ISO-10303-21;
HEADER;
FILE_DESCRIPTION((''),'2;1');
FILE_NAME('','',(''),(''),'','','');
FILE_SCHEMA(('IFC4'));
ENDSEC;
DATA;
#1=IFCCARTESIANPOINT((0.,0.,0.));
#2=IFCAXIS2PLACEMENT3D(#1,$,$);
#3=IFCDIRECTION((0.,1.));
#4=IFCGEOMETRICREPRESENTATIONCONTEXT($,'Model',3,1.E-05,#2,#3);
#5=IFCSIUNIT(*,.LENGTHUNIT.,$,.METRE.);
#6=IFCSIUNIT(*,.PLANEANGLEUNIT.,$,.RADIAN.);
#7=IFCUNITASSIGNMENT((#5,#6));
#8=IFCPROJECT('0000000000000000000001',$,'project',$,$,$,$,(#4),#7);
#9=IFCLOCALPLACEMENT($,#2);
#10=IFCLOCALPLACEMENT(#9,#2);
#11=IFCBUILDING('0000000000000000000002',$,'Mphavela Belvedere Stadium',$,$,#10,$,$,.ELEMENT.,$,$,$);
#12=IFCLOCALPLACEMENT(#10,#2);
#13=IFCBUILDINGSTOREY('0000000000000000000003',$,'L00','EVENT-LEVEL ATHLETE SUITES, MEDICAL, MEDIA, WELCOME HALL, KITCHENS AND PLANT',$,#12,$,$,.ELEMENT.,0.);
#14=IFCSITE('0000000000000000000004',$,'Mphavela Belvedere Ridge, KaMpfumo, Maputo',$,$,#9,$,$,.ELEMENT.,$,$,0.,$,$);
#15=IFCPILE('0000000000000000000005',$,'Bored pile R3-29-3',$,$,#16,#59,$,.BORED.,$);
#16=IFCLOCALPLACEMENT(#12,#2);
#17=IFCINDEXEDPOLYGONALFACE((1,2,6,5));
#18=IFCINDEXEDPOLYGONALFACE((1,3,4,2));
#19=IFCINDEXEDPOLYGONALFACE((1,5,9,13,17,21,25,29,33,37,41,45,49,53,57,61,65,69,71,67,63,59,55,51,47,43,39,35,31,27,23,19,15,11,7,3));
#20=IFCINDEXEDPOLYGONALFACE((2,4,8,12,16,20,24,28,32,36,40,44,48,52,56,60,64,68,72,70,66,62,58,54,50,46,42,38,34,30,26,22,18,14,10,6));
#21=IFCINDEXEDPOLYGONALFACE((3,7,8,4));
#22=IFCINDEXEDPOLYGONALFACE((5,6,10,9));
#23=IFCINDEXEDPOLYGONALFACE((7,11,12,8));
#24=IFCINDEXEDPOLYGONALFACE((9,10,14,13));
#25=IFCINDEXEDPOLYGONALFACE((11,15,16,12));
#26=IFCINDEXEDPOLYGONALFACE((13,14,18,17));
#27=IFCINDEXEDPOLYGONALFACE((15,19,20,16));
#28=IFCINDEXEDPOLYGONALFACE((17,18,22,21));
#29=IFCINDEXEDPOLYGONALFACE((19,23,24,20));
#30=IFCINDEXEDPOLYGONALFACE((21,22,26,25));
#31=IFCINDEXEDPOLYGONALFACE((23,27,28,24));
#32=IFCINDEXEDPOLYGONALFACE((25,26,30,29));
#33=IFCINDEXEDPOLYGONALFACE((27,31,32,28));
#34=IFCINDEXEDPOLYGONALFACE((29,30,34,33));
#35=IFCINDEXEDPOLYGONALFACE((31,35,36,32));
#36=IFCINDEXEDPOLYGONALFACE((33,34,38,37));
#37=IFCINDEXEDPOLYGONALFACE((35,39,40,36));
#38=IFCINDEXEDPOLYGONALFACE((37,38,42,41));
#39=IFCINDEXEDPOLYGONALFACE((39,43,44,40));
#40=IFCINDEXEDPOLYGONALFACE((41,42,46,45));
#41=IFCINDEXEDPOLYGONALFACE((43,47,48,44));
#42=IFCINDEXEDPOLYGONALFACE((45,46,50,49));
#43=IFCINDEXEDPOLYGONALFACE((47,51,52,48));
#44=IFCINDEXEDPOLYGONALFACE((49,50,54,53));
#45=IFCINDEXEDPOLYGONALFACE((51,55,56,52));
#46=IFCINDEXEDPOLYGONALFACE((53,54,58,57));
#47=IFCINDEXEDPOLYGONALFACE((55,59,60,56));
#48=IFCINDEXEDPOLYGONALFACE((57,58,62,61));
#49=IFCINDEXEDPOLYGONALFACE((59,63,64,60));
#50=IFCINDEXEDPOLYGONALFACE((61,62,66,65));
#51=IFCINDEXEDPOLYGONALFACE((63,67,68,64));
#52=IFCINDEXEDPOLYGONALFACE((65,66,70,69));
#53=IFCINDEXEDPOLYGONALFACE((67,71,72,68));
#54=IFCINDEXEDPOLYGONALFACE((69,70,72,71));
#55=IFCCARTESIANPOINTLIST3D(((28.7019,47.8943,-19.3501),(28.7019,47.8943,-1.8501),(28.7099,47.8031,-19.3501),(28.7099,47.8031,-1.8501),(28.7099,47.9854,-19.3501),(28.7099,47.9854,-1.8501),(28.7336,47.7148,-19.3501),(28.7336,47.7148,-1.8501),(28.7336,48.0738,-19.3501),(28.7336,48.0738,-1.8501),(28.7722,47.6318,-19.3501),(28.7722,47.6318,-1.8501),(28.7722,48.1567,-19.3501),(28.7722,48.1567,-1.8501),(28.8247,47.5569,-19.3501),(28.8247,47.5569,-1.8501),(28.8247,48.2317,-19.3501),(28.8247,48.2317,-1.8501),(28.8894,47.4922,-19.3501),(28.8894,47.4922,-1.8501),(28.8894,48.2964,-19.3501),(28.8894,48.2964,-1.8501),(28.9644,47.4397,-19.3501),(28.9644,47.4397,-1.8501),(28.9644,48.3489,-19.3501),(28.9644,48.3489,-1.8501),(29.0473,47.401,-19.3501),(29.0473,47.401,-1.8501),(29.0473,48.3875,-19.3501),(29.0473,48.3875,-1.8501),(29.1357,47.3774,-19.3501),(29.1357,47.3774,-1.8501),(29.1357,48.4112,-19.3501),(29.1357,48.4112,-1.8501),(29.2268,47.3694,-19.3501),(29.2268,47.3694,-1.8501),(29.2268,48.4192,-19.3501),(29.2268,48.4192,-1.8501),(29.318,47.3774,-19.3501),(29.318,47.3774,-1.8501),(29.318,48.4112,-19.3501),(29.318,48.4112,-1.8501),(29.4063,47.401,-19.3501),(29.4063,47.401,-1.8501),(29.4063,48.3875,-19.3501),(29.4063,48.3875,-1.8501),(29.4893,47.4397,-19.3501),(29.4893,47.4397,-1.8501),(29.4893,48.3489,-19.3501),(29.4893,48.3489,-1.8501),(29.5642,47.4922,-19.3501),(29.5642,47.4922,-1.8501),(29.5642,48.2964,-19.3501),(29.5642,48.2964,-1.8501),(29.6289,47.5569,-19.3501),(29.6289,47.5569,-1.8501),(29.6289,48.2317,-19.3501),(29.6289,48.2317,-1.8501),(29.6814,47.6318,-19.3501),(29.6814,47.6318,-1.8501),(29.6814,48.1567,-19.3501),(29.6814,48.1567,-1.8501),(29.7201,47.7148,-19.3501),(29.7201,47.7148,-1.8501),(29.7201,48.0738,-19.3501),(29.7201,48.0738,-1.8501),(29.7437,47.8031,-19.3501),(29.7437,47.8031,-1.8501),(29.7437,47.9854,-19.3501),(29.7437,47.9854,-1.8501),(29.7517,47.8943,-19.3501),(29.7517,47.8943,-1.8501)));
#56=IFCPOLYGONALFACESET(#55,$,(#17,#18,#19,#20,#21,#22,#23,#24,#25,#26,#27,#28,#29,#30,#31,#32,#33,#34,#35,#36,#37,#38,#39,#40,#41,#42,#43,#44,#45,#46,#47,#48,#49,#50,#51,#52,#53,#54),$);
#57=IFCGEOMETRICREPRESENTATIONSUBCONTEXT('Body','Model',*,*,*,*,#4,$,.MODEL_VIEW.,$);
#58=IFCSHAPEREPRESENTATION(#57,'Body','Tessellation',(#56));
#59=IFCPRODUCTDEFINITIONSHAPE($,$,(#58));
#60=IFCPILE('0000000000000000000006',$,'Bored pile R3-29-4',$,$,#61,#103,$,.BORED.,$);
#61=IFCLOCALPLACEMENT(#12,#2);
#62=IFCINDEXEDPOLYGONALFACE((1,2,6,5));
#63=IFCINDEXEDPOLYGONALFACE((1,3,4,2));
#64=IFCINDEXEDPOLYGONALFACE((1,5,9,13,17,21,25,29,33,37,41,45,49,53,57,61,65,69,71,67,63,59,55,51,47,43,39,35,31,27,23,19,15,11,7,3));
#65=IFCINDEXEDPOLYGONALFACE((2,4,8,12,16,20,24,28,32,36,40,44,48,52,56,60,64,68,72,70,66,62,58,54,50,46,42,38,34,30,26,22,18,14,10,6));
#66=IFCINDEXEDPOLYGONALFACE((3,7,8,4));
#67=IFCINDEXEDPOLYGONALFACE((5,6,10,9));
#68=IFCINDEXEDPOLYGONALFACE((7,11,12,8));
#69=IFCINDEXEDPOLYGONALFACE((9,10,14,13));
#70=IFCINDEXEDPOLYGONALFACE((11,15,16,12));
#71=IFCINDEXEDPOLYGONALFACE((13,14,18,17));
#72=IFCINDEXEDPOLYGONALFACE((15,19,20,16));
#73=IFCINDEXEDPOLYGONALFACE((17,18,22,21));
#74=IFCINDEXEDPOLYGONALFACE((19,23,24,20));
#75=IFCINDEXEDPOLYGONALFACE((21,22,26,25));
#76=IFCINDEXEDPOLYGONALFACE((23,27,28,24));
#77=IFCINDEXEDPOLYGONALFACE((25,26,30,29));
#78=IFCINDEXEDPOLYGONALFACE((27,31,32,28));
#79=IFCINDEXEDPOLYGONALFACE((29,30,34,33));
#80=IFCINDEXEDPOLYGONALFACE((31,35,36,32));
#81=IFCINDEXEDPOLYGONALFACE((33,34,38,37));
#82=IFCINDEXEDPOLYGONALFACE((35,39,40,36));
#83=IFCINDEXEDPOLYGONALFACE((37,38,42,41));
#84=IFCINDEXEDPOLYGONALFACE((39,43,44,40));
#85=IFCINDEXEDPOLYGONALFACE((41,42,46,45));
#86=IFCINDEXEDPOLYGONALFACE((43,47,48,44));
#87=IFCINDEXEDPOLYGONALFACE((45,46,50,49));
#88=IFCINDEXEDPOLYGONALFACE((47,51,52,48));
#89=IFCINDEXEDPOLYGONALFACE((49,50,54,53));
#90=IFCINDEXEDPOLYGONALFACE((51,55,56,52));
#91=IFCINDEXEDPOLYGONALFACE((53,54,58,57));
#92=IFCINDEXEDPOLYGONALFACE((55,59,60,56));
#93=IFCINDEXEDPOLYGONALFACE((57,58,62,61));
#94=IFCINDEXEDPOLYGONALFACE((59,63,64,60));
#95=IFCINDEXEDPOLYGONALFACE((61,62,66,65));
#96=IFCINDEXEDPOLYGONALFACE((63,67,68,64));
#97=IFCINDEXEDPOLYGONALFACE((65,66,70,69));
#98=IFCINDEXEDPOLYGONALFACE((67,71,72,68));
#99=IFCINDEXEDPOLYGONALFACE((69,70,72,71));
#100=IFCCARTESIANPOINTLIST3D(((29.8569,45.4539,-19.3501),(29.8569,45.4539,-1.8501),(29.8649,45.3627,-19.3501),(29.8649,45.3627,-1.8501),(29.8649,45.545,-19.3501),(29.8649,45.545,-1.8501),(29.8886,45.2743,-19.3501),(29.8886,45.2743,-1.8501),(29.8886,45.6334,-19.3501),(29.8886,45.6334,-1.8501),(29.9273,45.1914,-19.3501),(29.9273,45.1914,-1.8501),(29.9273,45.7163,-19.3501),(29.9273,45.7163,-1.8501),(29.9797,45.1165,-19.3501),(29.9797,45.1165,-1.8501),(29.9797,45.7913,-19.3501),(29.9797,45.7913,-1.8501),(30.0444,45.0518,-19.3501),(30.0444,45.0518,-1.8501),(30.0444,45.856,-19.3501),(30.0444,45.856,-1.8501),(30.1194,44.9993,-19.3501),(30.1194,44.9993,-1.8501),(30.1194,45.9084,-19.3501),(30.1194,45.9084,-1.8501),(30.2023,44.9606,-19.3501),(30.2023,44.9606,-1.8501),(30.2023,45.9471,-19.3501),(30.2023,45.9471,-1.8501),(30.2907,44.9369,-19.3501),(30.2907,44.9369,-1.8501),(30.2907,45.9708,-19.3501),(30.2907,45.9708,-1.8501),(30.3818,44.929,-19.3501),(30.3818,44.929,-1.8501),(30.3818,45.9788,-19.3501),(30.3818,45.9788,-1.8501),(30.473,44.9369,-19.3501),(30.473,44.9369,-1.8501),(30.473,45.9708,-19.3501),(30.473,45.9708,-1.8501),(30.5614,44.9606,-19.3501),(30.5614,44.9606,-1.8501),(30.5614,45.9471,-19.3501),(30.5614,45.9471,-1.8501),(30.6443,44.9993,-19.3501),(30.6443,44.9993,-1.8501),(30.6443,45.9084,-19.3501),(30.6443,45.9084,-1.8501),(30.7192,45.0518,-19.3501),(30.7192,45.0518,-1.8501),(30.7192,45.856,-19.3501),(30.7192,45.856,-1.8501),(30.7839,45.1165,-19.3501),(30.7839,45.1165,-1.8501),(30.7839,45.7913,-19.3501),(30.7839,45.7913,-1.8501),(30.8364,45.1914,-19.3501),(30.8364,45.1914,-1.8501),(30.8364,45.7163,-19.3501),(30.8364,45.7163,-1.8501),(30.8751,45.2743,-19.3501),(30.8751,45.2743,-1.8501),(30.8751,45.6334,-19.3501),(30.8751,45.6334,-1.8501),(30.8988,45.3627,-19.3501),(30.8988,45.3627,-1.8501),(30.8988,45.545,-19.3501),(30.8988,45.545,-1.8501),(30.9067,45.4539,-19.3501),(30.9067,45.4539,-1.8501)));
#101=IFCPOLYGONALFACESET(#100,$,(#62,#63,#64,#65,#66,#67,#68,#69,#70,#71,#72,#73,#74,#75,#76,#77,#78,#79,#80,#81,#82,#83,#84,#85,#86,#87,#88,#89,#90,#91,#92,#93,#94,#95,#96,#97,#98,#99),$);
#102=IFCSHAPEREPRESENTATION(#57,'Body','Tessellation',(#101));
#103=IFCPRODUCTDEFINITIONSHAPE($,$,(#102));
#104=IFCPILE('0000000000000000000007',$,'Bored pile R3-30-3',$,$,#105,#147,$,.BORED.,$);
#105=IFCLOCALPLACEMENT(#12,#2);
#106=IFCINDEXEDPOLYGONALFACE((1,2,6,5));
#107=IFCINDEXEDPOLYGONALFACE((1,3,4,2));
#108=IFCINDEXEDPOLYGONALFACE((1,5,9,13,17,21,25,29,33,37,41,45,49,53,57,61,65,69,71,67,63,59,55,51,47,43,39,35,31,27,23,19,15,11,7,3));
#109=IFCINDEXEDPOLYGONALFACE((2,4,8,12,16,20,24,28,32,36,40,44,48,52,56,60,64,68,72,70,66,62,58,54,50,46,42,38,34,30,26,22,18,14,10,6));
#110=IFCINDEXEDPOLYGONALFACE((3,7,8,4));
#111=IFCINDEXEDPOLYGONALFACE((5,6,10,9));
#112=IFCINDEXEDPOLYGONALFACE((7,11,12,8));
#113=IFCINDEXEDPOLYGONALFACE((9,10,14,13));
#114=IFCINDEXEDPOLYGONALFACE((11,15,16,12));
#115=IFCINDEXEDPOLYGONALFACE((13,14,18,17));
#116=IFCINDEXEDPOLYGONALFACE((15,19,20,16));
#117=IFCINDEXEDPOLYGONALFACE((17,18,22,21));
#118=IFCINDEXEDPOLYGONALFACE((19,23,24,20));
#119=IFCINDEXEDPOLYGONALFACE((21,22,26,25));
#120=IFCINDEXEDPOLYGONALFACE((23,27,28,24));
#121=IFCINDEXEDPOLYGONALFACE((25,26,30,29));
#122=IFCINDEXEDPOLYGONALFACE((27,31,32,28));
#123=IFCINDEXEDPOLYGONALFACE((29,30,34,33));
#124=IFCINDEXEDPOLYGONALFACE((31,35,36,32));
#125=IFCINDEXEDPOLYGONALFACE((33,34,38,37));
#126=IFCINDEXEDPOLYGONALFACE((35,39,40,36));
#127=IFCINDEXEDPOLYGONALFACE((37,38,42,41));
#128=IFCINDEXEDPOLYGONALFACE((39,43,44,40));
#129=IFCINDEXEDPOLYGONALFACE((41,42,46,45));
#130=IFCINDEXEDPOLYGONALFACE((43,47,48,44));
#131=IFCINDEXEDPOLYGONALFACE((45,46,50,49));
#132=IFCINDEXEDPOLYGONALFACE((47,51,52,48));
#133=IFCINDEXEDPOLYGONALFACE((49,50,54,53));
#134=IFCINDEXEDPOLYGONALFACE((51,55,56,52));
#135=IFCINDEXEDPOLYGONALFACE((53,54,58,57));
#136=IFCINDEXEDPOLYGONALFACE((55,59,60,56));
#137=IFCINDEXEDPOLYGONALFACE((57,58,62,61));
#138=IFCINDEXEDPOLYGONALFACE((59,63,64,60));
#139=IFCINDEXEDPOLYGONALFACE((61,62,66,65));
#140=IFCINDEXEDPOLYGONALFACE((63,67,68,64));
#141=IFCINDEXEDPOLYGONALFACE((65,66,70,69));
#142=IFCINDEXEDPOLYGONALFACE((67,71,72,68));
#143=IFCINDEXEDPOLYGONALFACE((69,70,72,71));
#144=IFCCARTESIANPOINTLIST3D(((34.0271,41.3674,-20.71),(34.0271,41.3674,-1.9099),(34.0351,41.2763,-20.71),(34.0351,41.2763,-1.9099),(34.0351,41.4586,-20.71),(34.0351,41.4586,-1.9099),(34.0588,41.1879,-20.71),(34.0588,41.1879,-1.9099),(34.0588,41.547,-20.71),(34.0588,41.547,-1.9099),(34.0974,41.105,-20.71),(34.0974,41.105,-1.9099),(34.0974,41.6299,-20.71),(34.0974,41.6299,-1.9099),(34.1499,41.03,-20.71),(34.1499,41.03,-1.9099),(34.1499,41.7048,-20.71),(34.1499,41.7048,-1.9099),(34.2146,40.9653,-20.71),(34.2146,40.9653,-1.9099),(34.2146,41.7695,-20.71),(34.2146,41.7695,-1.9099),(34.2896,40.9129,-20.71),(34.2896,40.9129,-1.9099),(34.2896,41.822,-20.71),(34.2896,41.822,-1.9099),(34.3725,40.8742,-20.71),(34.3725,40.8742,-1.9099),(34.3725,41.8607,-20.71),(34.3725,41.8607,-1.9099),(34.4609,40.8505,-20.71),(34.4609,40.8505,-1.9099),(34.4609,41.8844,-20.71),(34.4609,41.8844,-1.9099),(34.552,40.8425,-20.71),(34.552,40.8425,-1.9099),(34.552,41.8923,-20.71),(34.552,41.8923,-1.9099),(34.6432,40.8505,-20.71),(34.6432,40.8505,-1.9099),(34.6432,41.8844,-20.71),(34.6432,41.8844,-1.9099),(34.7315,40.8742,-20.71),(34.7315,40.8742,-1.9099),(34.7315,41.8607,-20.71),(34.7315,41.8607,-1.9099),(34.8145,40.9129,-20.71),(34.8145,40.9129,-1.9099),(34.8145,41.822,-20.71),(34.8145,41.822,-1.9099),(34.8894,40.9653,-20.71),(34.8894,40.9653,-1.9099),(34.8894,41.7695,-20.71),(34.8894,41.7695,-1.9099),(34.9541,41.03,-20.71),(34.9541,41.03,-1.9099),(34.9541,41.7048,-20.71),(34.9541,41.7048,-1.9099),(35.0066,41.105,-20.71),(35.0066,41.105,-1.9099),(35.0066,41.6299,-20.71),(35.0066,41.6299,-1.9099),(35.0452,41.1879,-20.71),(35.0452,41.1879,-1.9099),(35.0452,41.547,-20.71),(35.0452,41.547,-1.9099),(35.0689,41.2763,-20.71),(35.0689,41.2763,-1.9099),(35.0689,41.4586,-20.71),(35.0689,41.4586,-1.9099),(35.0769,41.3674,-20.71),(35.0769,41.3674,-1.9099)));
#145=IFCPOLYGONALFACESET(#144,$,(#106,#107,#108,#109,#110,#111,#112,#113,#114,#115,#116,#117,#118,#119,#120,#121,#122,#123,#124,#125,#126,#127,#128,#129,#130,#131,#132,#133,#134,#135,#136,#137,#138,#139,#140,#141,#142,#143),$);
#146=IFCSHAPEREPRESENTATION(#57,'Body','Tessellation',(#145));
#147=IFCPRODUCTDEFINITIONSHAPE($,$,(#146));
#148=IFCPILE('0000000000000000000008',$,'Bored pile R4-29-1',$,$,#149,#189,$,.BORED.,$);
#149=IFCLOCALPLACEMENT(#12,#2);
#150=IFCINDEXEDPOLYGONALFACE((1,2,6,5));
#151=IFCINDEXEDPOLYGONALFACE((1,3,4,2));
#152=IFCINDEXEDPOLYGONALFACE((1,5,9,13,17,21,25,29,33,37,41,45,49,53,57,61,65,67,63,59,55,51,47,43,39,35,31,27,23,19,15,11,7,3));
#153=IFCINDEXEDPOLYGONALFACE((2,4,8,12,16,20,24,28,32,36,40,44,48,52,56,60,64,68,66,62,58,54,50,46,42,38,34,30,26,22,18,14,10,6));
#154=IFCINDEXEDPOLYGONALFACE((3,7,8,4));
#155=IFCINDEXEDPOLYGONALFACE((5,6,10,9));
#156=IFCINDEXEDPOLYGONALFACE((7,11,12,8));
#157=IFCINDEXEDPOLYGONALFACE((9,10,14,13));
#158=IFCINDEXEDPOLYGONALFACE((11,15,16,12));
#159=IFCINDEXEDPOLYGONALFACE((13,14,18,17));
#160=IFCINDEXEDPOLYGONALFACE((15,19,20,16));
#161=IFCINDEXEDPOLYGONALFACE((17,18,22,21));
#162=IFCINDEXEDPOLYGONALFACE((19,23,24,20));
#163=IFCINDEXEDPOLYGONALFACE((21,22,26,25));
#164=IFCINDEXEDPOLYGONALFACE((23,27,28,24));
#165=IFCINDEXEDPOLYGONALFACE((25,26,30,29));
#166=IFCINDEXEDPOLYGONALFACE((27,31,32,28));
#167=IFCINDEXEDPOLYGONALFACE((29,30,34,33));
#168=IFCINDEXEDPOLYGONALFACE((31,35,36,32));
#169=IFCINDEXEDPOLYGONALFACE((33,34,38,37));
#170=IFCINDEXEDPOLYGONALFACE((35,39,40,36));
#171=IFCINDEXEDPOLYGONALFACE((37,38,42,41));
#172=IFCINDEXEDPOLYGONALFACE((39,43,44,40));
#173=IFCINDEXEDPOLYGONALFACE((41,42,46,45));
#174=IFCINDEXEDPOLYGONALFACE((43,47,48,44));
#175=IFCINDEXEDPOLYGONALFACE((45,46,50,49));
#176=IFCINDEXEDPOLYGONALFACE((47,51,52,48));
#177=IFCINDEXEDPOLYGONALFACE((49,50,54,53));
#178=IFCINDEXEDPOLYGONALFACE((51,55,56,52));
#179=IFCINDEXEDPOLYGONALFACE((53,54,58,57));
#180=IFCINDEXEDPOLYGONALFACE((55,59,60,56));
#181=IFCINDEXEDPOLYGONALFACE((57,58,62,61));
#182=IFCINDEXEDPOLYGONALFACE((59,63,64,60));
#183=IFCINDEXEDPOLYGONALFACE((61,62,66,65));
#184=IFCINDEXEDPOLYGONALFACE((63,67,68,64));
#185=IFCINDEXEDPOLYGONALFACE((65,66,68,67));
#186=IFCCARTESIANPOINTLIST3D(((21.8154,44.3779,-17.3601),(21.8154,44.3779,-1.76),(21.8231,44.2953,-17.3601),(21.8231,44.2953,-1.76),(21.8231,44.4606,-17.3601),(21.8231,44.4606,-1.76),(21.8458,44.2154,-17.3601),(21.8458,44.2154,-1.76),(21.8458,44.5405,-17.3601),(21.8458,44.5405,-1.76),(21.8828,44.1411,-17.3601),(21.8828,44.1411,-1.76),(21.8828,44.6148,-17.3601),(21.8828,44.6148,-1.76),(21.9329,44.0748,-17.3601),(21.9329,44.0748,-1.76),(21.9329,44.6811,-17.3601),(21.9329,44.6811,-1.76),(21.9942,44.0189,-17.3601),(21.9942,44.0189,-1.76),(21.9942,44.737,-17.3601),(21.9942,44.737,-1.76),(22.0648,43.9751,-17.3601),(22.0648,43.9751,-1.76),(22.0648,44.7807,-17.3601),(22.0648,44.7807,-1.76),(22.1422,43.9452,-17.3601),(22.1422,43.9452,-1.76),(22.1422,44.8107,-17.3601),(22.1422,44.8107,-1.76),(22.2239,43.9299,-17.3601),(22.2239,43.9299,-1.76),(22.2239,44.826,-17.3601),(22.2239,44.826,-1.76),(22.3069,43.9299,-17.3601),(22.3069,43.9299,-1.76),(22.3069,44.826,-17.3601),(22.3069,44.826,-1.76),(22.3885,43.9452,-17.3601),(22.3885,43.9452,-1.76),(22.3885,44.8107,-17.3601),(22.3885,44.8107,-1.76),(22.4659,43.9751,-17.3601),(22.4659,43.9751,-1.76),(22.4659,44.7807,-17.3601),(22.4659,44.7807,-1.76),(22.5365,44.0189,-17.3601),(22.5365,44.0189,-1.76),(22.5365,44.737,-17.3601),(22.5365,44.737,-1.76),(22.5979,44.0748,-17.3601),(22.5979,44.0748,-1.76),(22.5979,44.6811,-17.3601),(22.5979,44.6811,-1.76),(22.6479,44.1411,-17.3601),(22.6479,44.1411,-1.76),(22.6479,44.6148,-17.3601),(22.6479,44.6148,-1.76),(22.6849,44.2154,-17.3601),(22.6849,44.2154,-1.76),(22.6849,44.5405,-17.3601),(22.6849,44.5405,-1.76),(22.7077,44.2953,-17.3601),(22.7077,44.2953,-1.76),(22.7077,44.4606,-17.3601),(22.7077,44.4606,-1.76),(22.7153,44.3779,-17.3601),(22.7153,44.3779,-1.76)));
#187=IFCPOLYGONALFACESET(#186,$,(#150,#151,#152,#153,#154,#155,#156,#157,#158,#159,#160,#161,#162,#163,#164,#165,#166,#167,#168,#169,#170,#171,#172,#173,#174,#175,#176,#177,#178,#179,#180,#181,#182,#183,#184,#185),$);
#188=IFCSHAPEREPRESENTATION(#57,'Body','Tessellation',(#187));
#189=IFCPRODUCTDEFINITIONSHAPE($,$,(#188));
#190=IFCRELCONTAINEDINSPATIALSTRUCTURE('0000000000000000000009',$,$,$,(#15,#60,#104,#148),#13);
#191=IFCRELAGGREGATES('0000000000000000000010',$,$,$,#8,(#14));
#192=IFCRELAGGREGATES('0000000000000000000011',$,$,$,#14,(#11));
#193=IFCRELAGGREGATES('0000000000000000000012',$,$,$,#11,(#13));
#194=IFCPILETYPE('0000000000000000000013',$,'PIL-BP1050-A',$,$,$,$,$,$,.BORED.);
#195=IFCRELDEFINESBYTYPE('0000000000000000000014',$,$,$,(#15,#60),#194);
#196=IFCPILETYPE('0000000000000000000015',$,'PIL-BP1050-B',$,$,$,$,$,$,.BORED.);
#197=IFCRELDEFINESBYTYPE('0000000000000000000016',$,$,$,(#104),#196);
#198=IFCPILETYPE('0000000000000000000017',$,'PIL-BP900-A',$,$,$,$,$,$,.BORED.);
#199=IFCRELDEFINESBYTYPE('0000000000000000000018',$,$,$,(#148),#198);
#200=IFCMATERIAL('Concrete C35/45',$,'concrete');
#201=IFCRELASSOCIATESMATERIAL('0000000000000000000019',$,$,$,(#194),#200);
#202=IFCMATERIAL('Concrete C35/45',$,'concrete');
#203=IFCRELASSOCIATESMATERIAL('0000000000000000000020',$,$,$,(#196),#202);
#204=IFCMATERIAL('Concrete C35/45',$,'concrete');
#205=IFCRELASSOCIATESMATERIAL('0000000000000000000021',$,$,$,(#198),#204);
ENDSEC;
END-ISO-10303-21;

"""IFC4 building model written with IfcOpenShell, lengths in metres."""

from ifc_helpers import new_model, si_unit, direction, frame, origin, origin_2d, place, context, subcontext, project, spatial, circle, extrude, material, material_profile, profile_set, type_object, element, save


model = new_model("IFC4")

# Units and contexts
model_context = context("Model", 3, precision=1e-05, world=origin(), true_north=direction((0.0, 1.0)))
body_context = subcontext(model_context, "Body", "Model", "MODEL_VIEW")
ifc_project = project(units=[si_unit("LENGTHUNIT", "METRE"), si_unit("PLANEANGLEUNIT", "RADIAN")], contexts=[model_context])

# Site, building, storey
site_placement = place(None, origin())
site = spatial("IfcSite", under=ifc_project, at=site_placement, Name="Mphavela Belvedere Ridge, KaMpfumo, Maputo", CompositionType="ELEMENT", RefElevation=0.0)
building_placement = place(site_placement, origin())
building = spatial("IfcBuilding", under=site, at=building_placement, Name="Mphavela Belvedere Stadium", CompositionType="ELEMENT")
storey_placement = place(building_placement, origin())
storey = spatial("IfcBuildingStorey", under=building, at=storey_placement, Name="L00", Description="EVENT-LEVEL ATHLETE SUITES, MEDICAL, MEDIA, WELCOME HALL, KITCHENS AND PLANT", CompositionType="ELEMENT", Elevation=0.0)

# Piles
ifc_material_1 = material(Name="Concrete C35/45", Category="concrete")
ifc_material_profile_1 = material_profile(ifc_material_1, circle(Radius=0.5249, at=origin_2d()), Name="BP D1050")
ifc_profile_set_1 = profile_set([ifc_material_profile_1], Name="Concrete C35/45")
pile_type_1 = type_object("IfcPileType", Name="PIL-BP1050-A", PredefinedType="BORED", material=ifc_profile_set_1)
for number, where, z_axis, x_axis, name in (
    (1, (29.2268, 47.8943, -1.8501), (0.0, 0.0, -1.0), (1.0, 0.0, 0.0), "Bored pile R3-29-3"),
    (2, (30.3818, 45.4539, -1.8501), (0.0, 0.0, -1.0), (1.0, 0.0, 0.0), "Bored pile R3-29-4"),
):
    element("IfcPile", number, at=place(storey_placement, frame(where, z_axis=z_axis, x_axis=x_axis)), inside=storey, type_object=pile_type_1, Name=name, PredefinedType="BORED", context=body_context, shape_type="SweptSolid", body=[
        extrude(circle(Radius=0.5249, at=origin_2d()), origin(), (0.0, 0.0, 1.0), 17.5),
    ])
ifc_material_2 = material(Name="Concrete C35/45", Category="concrete")
ifc_material_profile_2 = material_profile(ifc_material_2, circle(Radius=0.5249, at=origin_2d()), Name="BP D1050")
ifc_profile_set_2 = profile_set([ifc_material_profile_2], Name="Concrete C35/45")
pile_type_2 = type_object("IfcPileType", Name="PIL-BP1050-B", PredefinedType="BORED", material=ifc_profile_set_2)
pile_placement = place(storey_placement, frame((34.552, 41.3674, -1.9099), z_axis=(0.0, 0.0, -1.0), x_axis=(1.0, 0.0, 0.0)))
element("IfcPile", 3, at=pile_placement, inside=storey, type_object=pile_type_2, Name="Bored pile R3-30-3", PredefinedType="BORED", context=body_context, shape_type="SweptSolid", body=[
    extrude(circle(Radius=0.5249, at=origin_2d()), origin(), (0.0, 0.0, 1.0), 18.8),
])
ifc_material_3 = material(Name="Concrete C35/45", Category="concrete")
ifc_material_profile_3 = material_profile(ifc_material_3, circle(Radius=0.45, at=origin_2d()), Name="BP D900")
ifc_profile_set_3 = profile_set([ifc_material_profile_3], Name="Concrete C35/45")
pile_type_3 = type_object("IfcPileType", Name="PIL-BP900-A", PredefinedType="BORED", material=ifc_profile_set_3)
for number, where, z_axis, x_axis, name in (
    (4, (22.2654, 44.3779, -1.76), (0.0, 0.0, -1.0), (1.0, 0.0, 0.0), "Bored pile R4-29-1"),
):
    element("IfcPile", number, at=place(storey_placement, frame(where, z_axis=z_axis, x_axis=x_axis)), inside=storey, type_object=pile_type_3, Name=name, PredefinedType="BORED", context=body_context, shape_type="SweptSolid", body=[
        extrude(circle(Radius=0.45, at=origin_2d()), origin(), (0.0, 0.0, 1.0), 15.6001),
    ])

save(model, "model.ifc")
